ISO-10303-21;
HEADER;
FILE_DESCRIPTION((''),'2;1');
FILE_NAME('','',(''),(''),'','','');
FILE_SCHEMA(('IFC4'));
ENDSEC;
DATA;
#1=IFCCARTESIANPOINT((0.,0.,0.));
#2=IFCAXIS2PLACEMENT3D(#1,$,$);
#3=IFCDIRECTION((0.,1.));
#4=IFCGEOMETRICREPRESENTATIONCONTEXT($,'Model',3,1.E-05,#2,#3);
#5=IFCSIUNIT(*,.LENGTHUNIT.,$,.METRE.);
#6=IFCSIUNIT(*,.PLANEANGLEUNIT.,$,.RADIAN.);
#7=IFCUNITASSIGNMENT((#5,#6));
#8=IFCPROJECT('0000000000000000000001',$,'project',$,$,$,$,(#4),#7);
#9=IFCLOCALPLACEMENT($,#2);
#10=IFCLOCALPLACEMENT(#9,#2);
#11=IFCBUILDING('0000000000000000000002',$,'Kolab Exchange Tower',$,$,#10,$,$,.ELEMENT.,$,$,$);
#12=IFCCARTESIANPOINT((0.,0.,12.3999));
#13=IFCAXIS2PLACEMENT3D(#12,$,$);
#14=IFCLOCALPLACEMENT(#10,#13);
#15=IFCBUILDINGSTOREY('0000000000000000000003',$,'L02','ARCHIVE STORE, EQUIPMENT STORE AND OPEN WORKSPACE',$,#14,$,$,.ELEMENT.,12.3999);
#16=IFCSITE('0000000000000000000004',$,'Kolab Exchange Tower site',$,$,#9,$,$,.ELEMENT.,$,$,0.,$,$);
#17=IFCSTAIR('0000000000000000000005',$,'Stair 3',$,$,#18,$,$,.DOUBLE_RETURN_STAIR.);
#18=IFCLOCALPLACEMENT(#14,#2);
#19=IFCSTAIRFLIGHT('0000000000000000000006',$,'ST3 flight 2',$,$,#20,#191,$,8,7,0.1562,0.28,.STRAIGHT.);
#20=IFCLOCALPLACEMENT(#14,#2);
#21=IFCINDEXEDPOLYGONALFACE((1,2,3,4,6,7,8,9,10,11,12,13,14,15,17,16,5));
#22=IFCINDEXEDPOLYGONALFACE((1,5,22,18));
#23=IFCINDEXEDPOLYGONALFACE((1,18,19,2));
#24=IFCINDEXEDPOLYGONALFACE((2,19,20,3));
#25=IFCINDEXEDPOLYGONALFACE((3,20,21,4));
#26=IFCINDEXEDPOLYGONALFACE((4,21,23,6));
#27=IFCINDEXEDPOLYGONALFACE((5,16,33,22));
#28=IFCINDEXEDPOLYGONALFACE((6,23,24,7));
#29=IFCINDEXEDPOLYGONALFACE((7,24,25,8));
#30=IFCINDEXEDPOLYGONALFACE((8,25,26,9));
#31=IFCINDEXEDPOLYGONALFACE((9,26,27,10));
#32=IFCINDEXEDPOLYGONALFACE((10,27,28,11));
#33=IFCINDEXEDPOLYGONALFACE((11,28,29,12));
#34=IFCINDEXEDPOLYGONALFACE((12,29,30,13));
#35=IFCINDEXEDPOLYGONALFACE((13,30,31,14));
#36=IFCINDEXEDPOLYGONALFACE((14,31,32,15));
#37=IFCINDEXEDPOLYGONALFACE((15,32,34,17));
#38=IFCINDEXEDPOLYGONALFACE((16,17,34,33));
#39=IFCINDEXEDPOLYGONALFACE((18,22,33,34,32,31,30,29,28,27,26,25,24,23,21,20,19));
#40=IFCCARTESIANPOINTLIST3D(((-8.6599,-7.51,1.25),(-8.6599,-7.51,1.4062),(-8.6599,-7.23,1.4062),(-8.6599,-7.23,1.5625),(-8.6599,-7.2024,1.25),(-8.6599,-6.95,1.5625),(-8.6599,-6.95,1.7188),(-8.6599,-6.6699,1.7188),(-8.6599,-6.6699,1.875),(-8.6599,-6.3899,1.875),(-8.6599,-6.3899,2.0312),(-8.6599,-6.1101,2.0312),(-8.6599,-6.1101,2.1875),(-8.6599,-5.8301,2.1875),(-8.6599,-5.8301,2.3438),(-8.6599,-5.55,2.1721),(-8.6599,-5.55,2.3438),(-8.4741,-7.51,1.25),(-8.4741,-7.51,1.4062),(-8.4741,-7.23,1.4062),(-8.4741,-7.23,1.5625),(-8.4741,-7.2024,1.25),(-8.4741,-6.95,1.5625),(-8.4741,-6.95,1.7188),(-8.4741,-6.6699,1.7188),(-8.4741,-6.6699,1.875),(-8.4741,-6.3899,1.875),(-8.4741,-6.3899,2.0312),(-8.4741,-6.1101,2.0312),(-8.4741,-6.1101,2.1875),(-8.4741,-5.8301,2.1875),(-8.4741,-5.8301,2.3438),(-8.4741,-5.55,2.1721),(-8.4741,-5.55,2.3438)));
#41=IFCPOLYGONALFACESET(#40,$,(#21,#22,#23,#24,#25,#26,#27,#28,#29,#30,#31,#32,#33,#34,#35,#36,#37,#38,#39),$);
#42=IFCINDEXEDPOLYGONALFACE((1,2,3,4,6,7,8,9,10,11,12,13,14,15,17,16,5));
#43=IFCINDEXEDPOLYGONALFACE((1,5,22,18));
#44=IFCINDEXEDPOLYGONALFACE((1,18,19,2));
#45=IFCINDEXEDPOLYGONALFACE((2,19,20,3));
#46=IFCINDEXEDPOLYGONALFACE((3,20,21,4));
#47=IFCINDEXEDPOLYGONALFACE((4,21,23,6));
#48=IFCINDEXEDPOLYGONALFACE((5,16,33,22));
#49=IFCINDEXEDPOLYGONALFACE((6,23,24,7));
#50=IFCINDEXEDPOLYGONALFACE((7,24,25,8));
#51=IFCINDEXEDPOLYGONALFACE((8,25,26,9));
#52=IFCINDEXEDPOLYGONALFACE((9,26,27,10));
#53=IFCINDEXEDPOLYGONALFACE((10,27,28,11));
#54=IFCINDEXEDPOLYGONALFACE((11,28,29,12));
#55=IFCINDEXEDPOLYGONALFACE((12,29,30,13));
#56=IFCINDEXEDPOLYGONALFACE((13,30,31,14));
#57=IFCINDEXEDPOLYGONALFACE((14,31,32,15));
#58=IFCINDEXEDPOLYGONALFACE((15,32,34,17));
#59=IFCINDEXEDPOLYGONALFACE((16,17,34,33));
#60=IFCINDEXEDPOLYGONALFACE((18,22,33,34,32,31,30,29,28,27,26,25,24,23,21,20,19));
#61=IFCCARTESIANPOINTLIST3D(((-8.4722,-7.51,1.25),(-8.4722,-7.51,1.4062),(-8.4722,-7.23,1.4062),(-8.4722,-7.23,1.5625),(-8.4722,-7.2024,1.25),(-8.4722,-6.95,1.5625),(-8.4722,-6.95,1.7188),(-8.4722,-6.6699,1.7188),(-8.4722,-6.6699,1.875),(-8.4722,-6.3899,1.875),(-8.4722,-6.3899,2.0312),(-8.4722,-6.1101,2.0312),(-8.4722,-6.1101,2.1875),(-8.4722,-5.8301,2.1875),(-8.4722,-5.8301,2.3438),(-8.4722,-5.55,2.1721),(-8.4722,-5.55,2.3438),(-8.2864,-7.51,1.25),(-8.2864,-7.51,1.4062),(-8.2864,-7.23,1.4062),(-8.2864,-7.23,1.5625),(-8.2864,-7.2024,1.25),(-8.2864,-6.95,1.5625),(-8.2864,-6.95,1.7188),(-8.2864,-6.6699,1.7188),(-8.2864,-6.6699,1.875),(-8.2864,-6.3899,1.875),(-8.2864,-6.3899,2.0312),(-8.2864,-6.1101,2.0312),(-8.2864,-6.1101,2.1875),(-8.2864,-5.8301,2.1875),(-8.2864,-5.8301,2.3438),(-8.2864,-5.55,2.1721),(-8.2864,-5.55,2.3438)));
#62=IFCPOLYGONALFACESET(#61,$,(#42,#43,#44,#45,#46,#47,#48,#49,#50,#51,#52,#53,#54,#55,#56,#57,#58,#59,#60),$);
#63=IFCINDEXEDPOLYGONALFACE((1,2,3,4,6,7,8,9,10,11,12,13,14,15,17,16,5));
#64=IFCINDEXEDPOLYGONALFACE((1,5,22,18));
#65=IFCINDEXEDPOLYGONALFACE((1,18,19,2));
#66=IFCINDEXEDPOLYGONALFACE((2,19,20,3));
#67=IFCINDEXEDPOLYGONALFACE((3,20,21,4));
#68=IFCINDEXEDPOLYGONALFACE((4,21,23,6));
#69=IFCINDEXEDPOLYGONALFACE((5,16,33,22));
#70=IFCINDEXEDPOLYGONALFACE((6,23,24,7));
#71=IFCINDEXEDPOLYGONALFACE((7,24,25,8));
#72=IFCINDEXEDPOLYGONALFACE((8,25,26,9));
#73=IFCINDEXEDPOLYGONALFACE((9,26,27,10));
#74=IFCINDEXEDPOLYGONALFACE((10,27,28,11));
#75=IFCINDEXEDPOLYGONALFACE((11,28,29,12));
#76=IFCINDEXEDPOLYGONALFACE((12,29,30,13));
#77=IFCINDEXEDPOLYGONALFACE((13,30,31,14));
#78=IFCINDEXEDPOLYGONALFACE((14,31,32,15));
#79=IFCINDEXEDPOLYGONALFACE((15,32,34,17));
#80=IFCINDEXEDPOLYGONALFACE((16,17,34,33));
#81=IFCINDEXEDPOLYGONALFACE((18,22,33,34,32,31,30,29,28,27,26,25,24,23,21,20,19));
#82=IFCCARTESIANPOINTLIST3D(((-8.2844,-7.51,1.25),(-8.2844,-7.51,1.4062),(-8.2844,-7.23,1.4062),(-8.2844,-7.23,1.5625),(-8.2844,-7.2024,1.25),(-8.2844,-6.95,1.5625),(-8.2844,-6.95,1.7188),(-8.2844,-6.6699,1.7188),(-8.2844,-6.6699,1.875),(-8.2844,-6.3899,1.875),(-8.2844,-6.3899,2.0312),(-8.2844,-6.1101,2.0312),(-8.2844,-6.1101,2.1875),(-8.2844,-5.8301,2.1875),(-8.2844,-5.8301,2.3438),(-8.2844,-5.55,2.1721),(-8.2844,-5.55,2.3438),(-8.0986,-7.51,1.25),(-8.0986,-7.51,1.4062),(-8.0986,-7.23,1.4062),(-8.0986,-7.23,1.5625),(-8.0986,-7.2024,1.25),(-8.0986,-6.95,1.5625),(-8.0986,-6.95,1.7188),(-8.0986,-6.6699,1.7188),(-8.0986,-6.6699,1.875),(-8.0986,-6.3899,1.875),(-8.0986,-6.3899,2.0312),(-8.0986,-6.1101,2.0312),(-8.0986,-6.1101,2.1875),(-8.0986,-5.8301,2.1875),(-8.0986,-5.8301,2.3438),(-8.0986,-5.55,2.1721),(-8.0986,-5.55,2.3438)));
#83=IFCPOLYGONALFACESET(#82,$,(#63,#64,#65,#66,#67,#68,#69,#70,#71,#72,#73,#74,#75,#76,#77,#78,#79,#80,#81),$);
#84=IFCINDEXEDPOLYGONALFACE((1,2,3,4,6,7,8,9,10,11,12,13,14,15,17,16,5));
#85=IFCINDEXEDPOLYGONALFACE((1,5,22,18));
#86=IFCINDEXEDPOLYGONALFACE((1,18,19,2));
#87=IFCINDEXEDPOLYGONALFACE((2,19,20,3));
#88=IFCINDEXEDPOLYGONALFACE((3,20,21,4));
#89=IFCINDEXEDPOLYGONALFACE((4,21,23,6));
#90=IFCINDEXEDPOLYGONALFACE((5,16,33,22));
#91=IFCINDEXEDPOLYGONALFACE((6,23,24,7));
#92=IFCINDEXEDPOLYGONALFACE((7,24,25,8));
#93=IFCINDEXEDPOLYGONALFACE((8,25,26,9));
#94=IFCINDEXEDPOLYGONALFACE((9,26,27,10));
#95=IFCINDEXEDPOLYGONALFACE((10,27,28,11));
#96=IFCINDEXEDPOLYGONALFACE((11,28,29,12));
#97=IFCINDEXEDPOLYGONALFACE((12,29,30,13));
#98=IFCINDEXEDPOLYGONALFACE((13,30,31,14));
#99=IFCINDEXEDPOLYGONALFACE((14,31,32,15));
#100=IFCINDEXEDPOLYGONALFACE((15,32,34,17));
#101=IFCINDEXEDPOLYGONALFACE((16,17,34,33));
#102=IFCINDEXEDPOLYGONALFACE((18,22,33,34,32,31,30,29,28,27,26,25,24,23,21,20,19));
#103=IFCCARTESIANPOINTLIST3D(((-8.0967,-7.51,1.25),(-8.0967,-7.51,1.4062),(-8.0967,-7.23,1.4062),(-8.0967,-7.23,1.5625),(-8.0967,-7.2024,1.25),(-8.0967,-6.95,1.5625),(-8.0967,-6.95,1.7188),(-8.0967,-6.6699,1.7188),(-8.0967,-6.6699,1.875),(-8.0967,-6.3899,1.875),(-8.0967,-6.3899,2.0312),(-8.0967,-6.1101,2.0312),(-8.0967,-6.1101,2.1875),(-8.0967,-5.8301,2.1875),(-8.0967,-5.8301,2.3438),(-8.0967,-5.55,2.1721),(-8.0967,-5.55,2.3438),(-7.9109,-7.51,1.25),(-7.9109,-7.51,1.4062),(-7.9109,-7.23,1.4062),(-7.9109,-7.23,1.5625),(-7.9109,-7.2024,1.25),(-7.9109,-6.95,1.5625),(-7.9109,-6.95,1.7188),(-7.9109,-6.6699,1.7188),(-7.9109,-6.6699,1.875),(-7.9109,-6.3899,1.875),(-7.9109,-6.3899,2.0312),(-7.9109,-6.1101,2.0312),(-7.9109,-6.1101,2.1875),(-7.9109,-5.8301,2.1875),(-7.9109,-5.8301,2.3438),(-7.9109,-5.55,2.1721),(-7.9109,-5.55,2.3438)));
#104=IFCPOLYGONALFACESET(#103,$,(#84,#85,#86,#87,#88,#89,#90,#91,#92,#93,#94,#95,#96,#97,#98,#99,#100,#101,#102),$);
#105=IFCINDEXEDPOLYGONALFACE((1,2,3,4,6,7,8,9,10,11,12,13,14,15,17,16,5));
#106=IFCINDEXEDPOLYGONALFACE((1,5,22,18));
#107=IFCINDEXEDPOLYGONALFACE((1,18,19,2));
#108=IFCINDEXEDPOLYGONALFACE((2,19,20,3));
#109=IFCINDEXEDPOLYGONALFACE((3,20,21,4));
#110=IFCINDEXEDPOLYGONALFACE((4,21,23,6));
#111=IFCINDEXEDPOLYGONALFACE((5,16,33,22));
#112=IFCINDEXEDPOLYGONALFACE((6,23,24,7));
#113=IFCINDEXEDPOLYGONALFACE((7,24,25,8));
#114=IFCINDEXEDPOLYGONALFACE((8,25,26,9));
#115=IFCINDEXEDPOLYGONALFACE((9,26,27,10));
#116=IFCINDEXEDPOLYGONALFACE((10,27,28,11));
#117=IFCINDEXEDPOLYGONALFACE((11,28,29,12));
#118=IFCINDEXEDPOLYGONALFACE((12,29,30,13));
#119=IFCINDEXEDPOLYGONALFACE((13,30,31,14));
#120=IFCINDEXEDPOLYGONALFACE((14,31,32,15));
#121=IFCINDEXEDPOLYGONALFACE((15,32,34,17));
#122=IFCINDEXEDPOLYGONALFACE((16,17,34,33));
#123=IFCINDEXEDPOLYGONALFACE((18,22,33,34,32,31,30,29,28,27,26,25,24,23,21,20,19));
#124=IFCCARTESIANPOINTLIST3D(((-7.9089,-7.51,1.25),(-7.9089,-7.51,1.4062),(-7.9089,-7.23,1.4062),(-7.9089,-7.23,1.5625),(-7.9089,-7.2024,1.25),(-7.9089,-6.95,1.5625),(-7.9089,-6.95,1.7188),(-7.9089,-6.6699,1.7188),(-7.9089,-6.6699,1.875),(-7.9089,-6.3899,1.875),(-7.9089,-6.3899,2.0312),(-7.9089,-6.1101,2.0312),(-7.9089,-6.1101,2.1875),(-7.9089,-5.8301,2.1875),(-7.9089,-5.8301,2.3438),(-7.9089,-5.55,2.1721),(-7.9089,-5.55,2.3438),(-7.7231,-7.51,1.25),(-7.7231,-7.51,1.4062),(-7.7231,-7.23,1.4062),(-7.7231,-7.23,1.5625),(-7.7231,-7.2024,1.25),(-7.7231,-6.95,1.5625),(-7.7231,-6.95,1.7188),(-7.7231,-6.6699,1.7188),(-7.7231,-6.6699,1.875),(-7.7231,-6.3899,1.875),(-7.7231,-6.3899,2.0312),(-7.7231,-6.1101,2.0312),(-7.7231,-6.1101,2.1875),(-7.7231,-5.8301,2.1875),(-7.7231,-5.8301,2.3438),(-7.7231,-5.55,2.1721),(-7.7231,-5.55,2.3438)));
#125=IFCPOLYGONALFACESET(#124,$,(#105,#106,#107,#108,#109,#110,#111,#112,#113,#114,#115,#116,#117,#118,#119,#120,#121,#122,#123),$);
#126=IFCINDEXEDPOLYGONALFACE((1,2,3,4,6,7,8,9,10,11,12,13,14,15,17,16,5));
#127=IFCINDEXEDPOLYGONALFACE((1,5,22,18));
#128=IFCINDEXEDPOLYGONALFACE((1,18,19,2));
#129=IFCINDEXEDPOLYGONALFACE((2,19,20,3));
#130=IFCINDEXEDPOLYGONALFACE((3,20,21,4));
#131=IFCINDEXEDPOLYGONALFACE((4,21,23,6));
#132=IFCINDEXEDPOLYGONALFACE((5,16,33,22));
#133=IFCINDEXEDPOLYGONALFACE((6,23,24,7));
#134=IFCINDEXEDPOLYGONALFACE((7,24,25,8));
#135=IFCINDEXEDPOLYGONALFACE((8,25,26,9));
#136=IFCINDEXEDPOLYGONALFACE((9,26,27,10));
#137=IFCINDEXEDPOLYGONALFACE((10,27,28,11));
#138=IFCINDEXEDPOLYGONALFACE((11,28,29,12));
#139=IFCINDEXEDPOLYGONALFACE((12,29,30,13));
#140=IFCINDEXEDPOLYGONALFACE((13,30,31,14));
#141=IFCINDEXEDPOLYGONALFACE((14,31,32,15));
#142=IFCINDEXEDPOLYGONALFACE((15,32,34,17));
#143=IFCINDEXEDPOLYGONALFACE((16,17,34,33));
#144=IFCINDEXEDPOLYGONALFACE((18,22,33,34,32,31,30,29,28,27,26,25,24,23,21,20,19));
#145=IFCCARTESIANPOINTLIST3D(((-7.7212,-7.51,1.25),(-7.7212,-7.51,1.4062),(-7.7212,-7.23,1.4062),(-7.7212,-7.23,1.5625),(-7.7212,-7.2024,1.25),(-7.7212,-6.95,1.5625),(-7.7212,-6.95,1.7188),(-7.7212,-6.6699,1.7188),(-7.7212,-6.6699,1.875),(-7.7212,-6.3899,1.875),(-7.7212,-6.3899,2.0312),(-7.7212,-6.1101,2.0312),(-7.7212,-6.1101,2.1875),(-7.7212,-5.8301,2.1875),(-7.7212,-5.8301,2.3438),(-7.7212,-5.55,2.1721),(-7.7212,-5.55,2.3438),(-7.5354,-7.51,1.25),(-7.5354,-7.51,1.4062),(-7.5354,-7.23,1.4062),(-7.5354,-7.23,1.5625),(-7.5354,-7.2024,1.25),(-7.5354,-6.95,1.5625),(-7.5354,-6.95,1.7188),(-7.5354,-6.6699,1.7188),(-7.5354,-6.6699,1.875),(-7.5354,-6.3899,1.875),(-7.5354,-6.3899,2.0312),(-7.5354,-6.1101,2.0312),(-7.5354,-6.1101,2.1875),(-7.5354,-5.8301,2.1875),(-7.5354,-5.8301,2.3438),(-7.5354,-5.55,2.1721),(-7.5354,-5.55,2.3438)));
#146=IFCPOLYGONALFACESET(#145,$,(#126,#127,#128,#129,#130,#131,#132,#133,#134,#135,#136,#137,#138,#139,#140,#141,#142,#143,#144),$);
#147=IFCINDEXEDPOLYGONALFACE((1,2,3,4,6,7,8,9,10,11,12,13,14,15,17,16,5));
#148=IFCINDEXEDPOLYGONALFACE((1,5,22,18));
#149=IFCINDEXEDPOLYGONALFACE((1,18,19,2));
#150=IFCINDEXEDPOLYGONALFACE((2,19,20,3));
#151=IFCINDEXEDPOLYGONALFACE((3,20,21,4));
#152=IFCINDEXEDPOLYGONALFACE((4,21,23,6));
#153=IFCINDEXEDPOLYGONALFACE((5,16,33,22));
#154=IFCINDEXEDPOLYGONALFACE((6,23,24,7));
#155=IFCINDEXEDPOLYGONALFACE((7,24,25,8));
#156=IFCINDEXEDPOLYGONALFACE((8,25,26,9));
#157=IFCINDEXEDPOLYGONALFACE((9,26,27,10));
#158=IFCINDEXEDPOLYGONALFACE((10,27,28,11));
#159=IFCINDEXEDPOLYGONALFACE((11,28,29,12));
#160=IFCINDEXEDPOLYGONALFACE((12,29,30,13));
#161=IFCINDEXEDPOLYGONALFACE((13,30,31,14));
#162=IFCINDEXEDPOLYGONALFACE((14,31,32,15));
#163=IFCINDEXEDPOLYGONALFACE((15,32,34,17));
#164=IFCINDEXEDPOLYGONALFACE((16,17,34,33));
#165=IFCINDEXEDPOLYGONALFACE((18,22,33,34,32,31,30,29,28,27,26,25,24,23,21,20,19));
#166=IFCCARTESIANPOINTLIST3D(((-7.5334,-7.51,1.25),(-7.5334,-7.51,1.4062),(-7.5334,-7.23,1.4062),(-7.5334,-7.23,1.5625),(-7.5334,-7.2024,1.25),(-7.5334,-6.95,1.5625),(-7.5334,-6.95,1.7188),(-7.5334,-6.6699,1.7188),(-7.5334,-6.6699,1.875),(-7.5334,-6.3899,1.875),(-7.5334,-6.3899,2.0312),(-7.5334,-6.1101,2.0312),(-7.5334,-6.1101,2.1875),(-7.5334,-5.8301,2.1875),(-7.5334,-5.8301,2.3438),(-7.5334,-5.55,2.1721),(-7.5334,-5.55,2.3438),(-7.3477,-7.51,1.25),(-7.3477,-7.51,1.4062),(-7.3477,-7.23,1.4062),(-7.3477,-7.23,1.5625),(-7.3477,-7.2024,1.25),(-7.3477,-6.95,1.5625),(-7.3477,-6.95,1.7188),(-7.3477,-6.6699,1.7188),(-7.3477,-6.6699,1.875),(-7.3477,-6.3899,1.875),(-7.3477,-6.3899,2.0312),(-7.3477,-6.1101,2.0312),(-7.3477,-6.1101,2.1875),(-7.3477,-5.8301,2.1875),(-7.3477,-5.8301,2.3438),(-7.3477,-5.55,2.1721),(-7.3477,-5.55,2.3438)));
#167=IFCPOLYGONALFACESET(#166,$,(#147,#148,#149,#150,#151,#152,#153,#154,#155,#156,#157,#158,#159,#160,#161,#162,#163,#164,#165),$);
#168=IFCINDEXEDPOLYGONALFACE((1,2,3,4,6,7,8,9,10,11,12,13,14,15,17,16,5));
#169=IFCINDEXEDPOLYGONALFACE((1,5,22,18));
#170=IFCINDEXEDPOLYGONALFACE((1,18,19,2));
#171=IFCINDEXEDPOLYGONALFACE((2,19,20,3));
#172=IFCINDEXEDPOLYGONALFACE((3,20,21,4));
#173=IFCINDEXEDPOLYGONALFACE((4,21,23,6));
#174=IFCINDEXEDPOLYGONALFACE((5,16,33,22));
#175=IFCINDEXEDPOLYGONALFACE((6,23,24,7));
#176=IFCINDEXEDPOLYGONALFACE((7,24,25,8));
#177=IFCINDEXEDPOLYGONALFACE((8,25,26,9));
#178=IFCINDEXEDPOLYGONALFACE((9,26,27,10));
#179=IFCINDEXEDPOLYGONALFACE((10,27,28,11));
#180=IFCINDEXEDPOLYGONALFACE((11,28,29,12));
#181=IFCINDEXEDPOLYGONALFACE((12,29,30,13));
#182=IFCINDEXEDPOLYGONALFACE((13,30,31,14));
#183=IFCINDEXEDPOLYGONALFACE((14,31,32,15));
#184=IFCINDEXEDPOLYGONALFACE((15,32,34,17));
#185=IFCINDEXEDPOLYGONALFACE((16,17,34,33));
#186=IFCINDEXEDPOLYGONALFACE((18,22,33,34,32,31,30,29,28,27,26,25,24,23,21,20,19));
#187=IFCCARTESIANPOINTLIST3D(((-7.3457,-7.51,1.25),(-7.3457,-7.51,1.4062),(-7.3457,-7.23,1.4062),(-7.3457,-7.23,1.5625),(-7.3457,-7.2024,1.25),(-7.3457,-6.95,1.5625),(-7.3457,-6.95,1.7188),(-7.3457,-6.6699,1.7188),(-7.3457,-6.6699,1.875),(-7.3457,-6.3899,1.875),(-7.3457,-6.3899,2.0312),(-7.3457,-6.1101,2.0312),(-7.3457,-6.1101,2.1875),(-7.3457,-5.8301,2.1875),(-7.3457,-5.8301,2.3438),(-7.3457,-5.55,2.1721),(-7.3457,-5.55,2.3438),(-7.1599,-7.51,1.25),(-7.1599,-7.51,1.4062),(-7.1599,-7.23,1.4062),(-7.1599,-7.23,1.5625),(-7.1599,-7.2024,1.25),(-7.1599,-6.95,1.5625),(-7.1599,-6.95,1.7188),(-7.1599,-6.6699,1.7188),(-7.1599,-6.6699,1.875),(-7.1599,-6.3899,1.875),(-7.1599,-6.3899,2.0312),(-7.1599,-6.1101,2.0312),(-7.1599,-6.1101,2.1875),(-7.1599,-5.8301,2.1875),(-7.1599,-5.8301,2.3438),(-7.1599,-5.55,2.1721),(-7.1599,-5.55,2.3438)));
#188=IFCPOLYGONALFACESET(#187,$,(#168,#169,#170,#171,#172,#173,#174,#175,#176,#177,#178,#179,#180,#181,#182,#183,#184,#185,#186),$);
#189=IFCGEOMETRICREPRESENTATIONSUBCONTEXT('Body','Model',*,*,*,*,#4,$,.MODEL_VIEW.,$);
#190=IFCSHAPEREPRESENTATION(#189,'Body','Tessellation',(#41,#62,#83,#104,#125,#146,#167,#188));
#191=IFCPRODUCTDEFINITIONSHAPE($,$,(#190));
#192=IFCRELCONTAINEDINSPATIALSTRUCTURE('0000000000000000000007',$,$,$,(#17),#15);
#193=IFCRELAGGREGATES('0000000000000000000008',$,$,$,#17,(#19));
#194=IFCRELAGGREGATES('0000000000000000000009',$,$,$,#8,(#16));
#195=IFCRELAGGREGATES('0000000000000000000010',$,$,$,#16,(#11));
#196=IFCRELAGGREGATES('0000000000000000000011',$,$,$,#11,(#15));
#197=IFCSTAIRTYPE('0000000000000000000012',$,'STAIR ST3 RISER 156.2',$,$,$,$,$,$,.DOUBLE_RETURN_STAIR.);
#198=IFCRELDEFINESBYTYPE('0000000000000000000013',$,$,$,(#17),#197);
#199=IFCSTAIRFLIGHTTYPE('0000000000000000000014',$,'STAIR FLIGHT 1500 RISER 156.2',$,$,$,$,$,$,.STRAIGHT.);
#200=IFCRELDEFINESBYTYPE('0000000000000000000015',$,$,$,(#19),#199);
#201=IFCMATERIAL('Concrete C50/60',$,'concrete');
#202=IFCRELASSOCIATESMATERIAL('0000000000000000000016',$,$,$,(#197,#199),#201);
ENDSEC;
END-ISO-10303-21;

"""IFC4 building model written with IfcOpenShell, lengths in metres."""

from ifc_helpers import new_model, si_unit, direction, frame, origin, place, context, subcontext, project, spatial, polyline, outline, extrude, material, type_object, element, aggregate, save


model = new_model("IFC4")

# Units and contexts
model_context = context("Model", 3, precision=1e-05, world=origin(), true_north=direction((0.0, 1.0)))
body_context = subcontext(model_context, "Body", "Model", "MODEL_VIEW")
ifc_project = project(units=[si_unit("LENGTHUNIT", "METRE"), si_unit("PLANEANGLEUNIT", "RADIAN")], contexts=[model_context])

# Site, building, storey
site_placement = place(None, origin())
site = spatial("IfcSite", under=ifc_project, at=site_placement, Name="Kolab Exchange Tower site", CompositionType="ELEMENT", RefElevation=0.0)
building_placement = place(site_placement, origin())
building = spatial("IfcBuilding", under=site, at=building_placement, Name="Kolab Exchange Tower", CompositionType="ELEMENT")
storey_placement = place(building_placement, frame((0.0, 0.0, 12.3999)))
storey = spatial("IfcBuildingStorey", under=building, at=storey_placement, Name="L02", Description="ARCHIVE STORE, EQUIPMENT STORE AND OPEN WORKSPACE", CompositionType="ELEMENT", Elevation=12.3999)

# Shared definitions
ifc_material_1 = material(Name="Concrete C50/60", Category="concrete")

# Stair, stair flight
stair_type = type_object("IfcStairType", Name="STAIR ST3 RISER 156.2", PredefinedType="DOUBLE_RETURN_STAIR", material=ifc_material_1)
stair_placement = place(storey_placement, origin())
stair = element("IfcStair", 1, at=stair_placement, inside=storey, type_object=stair_type, Name="Stair 3", PredefinedType="DOUBLE_RETURN_STAIR")
stair_flight_type = type_object("IfcStairFlightType", Name="STAIR FLIGHT 1500 RISER 156.2", PredefinedType="STRAIGHT", material=ifc_material_1)
stair_flight_1_placement = place(storey_placement, frame((-7.9099, -7.51, 1.25), z_axis=(0.0, 0.0, 1.0), x_axis=(0.0, 1.0, 0.0)))
stair_flight_1 = element("IfcStairFlight", 2, at=stair_flight_1_placement, type_object=stair_flight_type, Name="ST3 flight 2", NumberOfRisers=8, NumberOfTreads=7, PredefinedType="STRAIGHT", RiserHeight=0.1562, TreadLength=0.28, context=body_context, shape_type="SweptSolid", body=[
    extrude(outline(polyline([(0.0, 0.0), (0.0, 0.1562), (0.28, 0.1562), (0.28, 0.3125), (0.5601, 0.3125), (0.5601, 0.4688), (0.8401, 0.4688), (0.8401, 0.625), (1.1201, 0.625), (1.1201, 0.7812), (1.3999, 0.7812), (1.3999, 0.9375), (1.6799, 0.9375), (1.6799, 1.0938), (1.96, 1.0938), (1.96, 1.25), (1.96, 0.9221), (0.3076, 0.0), (0.0, 0.0)])), frame((0.0, 0.75, 0.0), z_axis=(0.0, -1.0, 0.0), x_axis=(1.0, 0.0, 0.0)), (0.0, 0.0, 1.0), 0.1858),
    extrude(outline(polyline([(0.0, 0.0), (0.0, 0.1562), (0.28, 0.1562), (0.28, 0.3125), (0.5601, 0.3125), (0.5601, 0.4688), (0.8401, 0.4688), (0.8401, 0.625), (1.1201, 0.625), (1.1201, 0.7812), (1.3999, 0.7812), (1.3999, 0.9375), (1.6799, 0.9375), (1.6799, 1.0938), (1.96, 1.0938), (1.96, 1.25), (1.96, 0.9221), (0.3076, 0.0), (0.0, 0.0)])), frame((0.0, 0.5623, 0.0), z_axis=(0.0, -1.0, 0.0), x_axis=(1.0, 0.0, 0.0)), (0.0, 0.0, 1.0), 0.1858),
    extrude(outline(polyline([(0.0, 0.0), (0.0, 0.1562), (0.28, 0.1562), (0.28, 0.3125), (0.5601, 0.3125), (0.5601, 0.4688), (0.8401, 0.4688), (0.8401, 0.625), (1.1201, 0.625), (1.1201, 0.7812), (1.3999, 0.7812), (1.3999, 0.9375), (1.6799, 0.9375), (1.6799, 1.0938), (1.96, 1.0938), (1.96, 1.25), (1.96, 0.9221), (0.3076, 0.0), (0.0, 0.0)])), frame((0.0, 0.3745, 0.0), z_axis=(0.0, -1.0, 0.0), x_axis=(1.0, 0.0, 0.0)), (0.0, 0.0, 1.0), 0.1858),
    extrude(outline(polyline([(0.0, 0.0), (0.0, 0.1562), (0.28, 0.1562), (0.28, 0.3125), (0.5601, 0.3125), (0.5601, 0.4688), (0.8401, 0.4688), (0.8401, 0.625), (1.1201, 0.625), (1.1201, 0.7812), (1.3999, 0.7812), (1.3999, 0.9375), (1.6799, 0.9375), (1.6799, 1.0938), (1.96, 1.0938), (1.96, 1.25), (1.96, 0.9221), (0.3076, 0.0), (0.0, 0.0)])), frame((0.0, 0.1868, 0.0), z_axis=(0.0, -1.0, 0.0), x_axis=(1.0, 0.0, 0.0)), (0.0, 0.0, 1.0), 0.1858),
    extrude(outline(polyline([(0.0, 0.0), (0.0, 0.1562), (0.28, 0.1562), (0.28, 0.3125), (0.5601, 0.3125), (0.5601, 0.4688), (0.8401, 0.4688), (0.8401, 0.625), (1.1201, 0.625), (1.1201, 0.7812), (1.3999, 0.7812), (1.3999, 0.9375), (1.6799, 0.9375), (1.6799, 1.0938), (1.96, 1.0938), (1.96, 1.25), (1.96, 0.9221), (0.3076, 0.0), (0.0, 0.0)])), frame((0.0, -0.001, 0.0), z_axis=(0.0, -1.0, 0.0), x_axis=(1.0, 0.0, 0.0)), (0.0, 0.0, 1.0), 0.1858),
    extrude(outline(polyline([(0.0, 0.0), (0.0, 0.1562), (0.28, 0.1562), (0.28, 0.3125), (0.5601, 0.3125), (0.5601, 0.4688), (0.8401, 0.4688), (0.8401, 0.625), (1.1201, 0.625), (1.1201, 0.7812), (1.3999, 0.7812), (1.3999, 0.9375), (1.6799, 0.9375), (1.6799, 1.0938), (1.96, 1.0938), (1.96, 1.25), (1.96, 0.9221), (0.3076, 0.0), (0.0, 0.0)])), frame((0.0, -0.1887, 0.0), z_axis=(0.0, -1.0, 0.0), x_axis=(1.0, 0.0, 0.0)), (0.0, 0.0, 1.0), 0.1858),
    extrude(outline(polyline([(0.0, 0.0), (0.0, 0.1562), (0.28, 0.1562), (0.28, 0.3125), (0.5601, 0.3125), (0.5601, 0.4688), (0.8401, 0.4688), (0.8401, 0.625), (1.1201, 0.625), (1.1201, 0.7812), (1.3999, 0.7812), (1.3999, 0.9375), (1.6799, 0.9375), (1.6799, 1.0938), (1.96, 1.0938), (1.96, 1.25), (1.96, 0.9221), (0.3076, 0.0), (0.0, 0.0)])), frame((0.0, -0.3765, 0.0), z_axis=(0.0, -1.0, 0.0), x_axis=(1.0, 0.0, 0.0)), (0.0, 0.0, 1.0), 0.1858),
    extrude(outline(polyline([(0.0, 0.0), (0.0, 0.1562), (0.28, 0.1562), (0.28, 0.3125), (0.5601, 0.3125), (0.5601, 0.4688), (0.8401, 0.4688), (0.8401, 0.625), (1.1201, 0.625), (1.1201, 0.7812), (1.3999, 0.7812), (1.3999, 0.9375), (1.6799, 0.9375), (1.6799, 1.0938), (1.96, 1.0938), (1.96, 1.25), (1.96, 0.9221), (0.3076, 0.0), (0.0, 0.0)])), frame((0.0, -0.5642, 0.0), z_axis=(0.0, -1.0, 0.0), x_axis=(1.0, 0.0, 0.0)), (0.0, 0.0, 1.0), 0.1858),
])
aggregate(stair, [stair_flight_1])

save(model, "model.ifc")
